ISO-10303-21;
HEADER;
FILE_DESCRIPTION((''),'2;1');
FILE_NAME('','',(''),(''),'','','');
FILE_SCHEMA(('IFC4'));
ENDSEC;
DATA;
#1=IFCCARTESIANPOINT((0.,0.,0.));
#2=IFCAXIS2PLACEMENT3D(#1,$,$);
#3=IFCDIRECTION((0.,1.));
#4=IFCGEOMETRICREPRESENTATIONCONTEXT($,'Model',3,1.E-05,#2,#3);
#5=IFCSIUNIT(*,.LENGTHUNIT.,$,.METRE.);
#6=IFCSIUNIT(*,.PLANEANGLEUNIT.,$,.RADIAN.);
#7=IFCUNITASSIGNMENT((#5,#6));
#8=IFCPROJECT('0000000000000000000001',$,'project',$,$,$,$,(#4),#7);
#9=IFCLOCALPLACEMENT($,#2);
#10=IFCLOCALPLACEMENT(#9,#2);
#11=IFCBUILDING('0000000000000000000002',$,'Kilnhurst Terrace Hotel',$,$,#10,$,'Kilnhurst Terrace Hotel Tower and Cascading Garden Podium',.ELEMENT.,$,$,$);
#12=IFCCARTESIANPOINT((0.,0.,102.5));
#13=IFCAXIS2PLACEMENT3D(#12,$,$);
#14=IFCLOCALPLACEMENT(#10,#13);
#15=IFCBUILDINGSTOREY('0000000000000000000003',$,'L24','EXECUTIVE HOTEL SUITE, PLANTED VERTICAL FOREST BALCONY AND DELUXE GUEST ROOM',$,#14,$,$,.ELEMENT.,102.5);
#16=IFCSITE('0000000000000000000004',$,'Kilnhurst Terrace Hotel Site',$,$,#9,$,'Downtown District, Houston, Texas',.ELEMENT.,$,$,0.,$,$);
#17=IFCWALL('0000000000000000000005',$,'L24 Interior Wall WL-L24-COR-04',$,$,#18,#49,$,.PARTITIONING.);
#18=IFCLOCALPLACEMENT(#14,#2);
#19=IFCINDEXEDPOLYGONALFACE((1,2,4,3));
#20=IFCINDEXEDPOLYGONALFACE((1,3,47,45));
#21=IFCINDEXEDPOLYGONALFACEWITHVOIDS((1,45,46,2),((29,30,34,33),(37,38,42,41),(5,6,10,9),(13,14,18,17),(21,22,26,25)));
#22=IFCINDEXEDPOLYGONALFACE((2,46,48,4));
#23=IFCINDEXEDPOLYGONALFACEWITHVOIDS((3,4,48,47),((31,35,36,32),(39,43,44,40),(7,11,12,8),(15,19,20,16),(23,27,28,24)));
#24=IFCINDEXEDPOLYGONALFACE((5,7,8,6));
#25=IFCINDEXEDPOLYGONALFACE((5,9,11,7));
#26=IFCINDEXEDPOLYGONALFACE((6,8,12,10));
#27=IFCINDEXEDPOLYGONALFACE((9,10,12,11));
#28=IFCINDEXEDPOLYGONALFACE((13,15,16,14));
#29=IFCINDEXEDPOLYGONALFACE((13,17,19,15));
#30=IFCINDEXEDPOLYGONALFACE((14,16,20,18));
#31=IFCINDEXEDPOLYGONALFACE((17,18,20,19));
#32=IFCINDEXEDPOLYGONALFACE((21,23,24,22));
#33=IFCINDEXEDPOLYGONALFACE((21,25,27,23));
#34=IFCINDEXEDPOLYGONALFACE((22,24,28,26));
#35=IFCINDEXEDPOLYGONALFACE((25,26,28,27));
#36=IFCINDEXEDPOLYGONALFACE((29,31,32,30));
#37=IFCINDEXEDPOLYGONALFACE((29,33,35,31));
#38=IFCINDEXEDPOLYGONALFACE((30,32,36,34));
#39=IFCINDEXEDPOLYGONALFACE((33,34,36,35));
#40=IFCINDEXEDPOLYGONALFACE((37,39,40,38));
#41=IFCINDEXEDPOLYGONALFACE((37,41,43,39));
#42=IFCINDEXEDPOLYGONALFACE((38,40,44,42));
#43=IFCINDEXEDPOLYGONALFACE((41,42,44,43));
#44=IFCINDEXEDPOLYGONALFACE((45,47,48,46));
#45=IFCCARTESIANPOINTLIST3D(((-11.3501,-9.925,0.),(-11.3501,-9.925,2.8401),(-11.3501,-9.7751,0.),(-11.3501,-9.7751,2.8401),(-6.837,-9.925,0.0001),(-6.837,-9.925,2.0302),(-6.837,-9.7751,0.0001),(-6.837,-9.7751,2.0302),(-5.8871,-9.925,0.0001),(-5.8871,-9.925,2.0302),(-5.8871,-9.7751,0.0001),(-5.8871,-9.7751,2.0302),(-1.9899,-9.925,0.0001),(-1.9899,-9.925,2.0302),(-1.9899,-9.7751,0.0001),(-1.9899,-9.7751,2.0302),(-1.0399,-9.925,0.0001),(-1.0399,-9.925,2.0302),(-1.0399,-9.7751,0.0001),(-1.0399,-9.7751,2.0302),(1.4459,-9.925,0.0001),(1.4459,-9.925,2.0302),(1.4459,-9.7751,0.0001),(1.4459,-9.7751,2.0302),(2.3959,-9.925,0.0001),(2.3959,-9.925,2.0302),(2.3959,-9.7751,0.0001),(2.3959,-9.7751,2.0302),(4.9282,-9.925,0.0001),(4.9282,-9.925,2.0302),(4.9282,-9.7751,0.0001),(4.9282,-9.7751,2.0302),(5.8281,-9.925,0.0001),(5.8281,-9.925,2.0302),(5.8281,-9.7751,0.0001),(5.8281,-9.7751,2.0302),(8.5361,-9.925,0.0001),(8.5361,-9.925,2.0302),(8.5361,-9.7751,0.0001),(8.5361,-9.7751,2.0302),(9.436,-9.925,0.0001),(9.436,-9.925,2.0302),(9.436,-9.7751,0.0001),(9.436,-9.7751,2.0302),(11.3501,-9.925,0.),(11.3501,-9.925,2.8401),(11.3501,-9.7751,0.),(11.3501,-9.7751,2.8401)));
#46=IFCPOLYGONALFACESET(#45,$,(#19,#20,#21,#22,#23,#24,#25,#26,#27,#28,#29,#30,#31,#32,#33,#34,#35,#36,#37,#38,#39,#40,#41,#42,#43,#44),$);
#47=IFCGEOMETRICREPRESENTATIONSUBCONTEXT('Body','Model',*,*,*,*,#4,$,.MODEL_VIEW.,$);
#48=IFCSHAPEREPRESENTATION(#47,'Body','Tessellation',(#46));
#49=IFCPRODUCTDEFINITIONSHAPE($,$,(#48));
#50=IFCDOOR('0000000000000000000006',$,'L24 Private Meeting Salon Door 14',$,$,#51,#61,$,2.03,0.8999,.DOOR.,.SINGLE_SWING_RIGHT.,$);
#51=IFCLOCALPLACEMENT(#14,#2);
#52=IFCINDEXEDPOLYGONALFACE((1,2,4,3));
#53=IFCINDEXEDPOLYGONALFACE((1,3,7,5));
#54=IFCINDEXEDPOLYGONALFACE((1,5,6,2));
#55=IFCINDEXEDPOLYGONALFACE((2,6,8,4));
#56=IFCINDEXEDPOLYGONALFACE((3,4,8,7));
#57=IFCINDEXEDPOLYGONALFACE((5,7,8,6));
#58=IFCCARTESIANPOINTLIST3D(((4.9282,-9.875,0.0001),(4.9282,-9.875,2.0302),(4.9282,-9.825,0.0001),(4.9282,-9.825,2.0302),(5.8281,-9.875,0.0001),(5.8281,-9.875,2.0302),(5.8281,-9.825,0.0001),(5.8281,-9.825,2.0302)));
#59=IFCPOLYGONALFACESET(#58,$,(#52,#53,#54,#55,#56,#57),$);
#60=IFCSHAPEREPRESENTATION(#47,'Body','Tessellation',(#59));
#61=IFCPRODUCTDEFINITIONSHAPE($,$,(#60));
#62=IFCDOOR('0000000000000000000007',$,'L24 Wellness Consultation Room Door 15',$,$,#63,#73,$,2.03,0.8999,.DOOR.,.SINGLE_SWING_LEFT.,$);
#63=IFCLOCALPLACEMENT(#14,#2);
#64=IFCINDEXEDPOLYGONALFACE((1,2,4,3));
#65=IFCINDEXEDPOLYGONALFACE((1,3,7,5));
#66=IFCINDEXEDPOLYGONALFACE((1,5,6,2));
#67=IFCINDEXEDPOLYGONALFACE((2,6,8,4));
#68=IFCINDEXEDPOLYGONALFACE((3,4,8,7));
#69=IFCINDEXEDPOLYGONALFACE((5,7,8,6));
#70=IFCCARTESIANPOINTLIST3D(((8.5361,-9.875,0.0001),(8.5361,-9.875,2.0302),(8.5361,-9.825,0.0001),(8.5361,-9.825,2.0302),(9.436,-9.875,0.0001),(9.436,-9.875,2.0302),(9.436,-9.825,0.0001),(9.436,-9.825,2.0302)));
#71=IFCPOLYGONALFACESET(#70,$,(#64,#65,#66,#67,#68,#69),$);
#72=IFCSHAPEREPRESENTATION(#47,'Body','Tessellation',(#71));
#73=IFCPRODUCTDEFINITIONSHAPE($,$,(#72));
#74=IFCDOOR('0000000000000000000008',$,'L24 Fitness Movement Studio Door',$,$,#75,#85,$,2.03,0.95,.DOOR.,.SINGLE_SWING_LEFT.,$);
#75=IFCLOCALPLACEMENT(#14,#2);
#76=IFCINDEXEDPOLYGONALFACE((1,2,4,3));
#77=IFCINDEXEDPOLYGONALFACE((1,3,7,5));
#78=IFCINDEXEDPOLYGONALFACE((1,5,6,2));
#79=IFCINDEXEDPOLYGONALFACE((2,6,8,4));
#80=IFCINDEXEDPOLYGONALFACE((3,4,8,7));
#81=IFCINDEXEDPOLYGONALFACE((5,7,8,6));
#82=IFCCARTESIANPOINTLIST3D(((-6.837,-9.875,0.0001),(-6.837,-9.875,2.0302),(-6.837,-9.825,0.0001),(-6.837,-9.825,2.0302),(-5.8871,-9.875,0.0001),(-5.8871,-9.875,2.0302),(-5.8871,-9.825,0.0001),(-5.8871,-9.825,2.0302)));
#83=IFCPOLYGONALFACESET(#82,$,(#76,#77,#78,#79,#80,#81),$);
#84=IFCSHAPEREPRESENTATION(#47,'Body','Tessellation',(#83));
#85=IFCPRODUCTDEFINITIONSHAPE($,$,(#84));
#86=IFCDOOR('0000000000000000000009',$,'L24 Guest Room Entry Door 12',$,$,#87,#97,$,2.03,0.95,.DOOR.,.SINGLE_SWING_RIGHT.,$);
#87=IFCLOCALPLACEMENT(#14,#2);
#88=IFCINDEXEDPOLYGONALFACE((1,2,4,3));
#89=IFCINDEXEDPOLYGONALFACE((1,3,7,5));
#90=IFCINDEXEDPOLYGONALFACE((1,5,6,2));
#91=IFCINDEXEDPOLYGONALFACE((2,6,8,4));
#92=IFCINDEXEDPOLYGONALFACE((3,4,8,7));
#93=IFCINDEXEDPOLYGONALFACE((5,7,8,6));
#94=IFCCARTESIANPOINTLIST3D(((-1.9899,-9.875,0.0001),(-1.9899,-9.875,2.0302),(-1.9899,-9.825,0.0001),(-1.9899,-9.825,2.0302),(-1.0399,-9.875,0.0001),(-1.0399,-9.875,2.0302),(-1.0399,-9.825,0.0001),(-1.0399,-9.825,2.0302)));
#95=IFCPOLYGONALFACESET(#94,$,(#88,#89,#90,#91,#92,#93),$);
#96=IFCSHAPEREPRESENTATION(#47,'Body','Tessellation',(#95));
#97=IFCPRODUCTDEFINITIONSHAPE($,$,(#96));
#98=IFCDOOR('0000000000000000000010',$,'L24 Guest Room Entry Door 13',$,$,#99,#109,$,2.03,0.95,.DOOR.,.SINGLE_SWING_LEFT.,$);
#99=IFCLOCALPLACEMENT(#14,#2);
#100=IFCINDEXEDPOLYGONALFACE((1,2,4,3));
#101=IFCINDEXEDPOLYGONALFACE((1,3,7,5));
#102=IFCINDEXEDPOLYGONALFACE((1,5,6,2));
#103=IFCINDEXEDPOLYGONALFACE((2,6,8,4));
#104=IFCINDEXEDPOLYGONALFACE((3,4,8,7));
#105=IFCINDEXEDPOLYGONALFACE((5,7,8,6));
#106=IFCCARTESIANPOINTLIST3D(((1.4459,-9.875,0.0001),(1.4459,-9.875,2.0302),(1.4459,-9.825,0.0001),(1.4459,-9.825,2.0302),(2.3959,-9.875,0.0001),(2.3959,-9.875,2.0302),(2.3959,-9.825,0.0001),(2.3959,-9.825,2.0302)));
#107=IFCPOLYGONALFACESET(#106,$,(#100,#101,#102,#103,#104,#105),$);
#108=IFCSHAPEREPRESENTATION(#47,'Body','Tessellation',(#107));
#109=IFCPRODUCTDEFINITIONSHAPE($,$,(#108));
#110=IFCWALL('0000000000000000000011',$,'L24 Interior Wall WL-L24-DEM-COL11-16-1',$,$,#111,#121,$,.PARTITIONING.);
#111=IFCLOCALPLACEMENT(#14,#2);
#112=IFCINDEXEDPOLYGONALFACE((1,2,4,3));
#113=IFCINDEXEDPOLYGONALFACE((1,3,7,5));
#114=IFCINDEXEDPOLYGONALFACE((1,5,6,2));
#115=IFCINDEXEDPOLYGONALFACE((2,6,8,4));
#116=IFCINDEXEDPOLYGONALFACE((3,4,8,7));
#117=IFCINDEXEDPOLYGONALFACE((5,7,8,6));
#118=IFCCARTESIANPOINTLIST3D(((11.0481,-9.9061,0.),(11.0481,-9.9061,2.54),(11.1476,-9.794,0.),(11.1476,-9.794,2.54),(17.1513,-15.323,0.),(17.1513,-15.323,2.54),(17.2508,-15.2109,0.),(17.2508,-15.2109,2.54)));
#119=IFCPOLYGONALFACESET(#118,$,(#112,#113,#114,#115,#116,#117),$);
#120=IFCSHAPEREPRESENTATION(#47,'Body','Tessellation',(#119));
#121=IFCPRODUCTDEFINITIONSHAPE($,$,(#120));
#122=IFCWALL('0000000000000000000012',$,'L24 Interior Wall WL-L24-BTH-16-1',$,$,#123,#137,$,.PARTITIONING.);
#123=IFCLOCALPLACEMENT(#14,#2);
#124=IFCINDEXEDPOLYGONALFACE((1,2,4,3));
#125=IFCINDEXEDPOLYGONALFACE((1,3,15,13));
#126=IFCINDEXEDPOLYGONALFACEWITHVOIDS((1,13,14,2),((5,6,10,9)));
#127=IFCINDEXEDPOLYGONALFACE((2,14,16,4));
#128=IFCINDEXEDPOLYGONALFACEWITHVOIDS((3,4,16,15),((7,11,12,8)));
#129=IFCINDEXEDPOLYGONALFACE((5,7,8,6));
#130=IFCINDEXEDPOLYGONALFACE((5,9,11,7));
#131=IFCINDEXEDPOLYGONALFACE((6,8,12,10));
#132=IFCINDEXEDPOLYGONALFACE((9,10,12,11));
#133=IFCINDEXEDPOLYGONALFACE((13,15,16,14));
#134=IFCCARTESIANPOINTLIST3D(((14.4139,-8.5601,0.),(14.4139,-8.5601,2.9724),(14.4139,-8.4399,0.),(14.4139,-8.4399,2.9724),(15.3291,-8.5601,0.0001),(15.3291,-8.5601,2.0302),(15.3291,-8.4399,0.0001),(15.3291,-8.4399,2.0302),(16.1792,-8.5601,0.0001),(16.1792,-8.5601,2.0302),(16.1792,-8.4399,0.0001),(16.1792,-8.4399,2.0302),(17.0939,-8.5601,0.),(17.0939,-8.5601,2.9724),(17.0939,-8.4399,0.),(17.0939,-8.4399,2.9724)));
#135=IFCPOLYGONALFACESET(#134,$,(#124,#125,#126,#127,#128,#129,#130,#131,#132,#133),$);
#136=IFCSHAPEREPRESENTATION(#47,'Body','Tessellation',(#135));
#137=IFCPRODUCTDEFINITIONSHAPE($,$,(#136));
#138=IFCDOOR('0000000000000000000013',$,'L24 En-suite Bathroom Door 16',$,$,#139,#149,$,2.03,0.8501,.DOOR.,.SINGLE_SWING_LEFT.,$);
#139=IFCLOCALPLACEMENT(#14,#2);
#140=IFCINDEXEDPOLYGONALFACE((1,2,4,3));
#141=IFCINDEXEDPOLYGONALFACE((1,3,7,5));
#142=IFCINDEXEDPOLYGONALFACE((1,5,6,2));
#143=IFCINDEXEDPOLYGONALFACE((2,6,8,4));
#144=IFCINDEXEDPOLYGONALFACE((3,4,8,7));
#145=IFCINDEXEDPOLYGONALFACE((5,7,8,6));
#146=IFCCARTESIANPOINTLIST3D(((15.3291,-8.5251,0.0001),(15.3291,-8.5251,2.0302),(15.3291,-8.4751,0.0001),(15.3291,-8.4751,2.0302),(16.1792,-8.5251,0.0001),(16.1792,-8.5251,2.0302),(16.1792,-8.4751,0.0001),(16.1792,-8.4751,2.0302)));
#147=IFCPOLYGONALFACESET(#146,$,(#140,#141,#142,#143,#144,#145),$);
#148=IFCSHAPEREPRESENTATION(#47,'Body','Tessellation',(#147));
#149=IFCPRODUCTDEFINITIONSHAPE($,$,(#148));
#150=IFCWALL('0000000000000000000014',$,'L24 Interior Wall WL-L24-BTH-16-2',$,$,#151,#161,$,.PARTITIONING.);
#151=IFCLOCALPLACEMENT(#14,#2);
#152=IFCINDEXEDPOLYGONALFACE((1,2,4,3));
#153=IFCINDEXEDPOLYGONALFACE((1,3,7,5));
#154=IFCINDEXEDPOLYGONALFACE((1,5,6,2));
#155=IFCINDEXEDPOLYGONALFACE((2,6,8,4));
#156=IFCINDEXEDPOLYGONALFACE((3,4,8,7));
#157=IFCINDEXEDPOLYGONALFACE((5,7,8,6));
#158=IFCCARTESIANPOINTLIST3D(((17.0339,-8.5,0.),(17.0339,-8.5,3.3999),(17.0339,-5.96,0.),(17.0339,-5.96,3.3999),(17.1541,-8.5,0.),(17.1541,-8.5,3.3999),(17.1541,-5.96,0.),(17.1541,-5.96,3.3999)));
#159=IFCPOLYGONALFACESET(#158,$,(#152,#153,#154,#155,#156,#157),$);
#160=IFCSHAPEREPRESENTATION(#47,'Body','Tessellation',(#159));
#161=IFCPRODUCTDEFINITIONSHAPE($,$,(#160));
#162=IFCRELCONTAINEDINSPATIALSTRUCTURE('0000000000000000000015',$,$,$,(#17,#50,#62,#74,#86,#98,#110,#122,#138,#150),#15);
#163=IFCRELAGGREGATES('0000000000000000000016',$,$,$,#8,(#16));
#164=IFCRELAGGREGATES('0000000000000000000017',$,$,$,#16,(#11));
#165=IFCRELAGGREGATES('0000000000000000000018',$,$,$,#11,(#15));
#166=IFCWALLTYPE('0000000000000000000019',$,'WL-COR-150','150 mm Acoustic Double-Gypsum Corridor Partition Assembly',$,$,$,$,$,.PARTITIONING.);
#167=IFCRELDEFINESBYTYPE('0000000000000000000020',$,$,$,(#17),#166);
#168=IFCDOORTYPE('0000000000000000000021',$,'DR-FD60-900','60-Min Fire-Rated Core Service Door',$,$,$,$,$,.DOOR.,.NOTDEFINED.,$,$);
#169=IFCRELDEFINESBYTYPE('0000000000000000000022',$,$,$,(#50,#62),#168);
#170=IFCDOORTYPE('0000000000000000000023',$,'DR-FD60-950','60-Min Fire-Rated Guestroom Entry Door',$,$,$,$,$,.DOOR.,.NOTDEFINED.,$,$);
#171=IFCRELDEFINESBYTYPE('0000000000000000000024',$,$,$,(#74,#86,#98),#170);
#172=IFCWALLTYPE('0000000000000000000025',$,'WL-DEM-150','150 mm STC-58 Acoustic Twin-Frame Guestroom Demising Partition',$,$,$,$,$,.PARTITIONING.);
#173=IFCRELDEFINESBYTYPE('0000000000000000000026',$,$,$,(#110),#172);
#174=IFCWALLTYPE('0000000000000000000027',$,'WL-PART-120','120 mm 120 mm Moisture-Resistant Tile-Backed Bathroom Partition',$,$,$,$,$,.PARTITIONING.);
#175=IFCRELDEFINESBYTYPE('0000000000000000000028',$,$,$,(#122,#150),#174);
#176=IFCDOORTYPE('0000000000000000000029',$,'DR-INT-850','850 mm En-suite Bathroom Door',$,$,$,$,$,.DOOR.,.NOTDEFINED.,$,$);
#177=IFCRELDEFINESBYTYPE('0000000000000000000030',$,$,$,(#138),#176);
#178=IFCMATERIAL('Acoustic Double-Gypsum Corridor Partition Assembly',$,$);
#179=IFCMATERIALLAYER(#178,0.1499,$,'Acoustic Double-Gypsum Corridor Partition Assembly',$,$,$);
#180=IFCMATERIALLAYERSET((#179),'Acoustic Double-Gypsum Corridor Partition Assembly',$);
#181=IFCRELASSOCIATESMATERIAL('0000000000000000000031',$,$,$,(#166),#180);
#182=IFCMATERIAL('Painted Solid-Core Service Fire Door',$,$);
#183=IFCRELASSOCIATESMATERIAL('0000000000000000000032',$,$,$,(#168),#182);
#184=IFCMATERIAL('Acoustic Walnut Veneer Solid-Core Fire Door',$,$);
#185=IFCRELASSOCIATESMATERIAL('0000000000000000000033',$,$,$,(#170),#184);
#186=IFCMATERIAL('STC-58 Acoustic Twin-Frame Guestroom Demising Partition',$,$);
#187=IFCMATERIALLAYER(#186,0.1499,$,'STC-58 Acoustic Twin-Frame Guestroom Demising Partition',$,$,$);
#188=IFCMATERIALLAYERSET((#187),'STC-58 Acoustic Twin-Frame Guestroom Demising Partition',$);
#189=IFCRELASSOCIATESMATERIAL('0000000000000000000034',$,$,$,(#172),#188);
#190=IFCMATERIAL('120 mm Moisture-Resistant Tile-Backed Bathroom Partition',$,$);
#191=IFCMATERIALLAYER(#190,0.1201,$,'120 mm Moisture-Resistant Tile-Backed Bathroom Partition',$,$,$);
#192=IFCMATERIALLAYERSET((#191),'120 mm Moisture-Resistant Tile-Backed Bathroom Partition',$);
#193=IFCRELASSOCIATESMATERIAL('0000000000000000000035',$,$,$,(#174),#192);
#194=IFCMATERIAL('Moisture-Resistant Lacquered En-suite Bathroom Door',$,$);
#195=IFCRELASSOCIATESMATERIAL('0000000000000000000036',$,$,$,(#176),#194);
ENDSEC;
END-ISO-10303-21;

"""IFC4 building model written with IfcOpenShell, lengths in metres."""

from ifc_helpers import new_model, si_unit, direction, frame, frame_2d, origin, place, context, subcontext, project, spatial, rectangle, extrude, material, layer, layer_set, type_object, element, fill, save


model = new_model("IFC4")

# Units and contexts
model_context = context("Model", 3, precision=1e-05, world=origin(), true_north=direction((0.0, 1.0)))
body_context = subcontext(model_context, "Body", "Model", "MODEL_VIEW")
ifc_project = project(units=[si_unit("LENGTHUNIT", "METRE"), si_unit("PLANEANGLEUNIT", "RADIAN")], contexts=[model_context])

# Site, building, storey
site_placement = place(None, origin())
site = spatial("IfcSite", under=ifc_project, at=site_placement, Name="Kilnhurst Terrace Hotel Site", LongName="Downtown District, Houston, Texas", CompositionType="ELEMENT", RefElevation=0.0)
building_placement = place(site_placement, origin())
building = spatial("IfcBuilding", under=site, at=building_placement, Name="Kilnhurst Terrace Hotel", LongName="Kilnhurst Terrace Hotel Tower and Cascading Garden Podium", CompositionType="ELEMENT")
storey_placement = place(building_placement, frame((0.0, 0.0, 102.5)))
storey = spatial("IfcBuildingStorey", under=building, at=storey_placement, Name="L24", Description="EXECUTIVE HOTEL SUITE, PLANTED VERTICAL FOREST BALCONY AND DELUXE GUEST ROOM", CompositionType="ELEMENT", Elevation=102.5)

# Wall, openings, doors
ifc_material_1 = material(Name="Acoustic Double-Gypsum Corridor Partition Assembly")
ifc_layer_1 = layer(ifc_material_1, 0.1499, Name="Acoustic Double-Gypsum Corridor Partition Assembly")
ifc_layer_set_1 = layer_set([ifc_layer_1], Name="Acoustic Double-Gypsum Corridor Partition Assembly")
wall_type_1 = type_object("IfcWallType", Name="WL-COR-150", Description="150 mm Acoustic Double-Gypsum Corridor Partition Assembly", PredefinedType="PARTITIONING", material=ifc_layer_set_1)
wall_1_placement = place(storey_placement, frame((11.3501, -9.8501, 0.0), z_axis=(0.0, 0.0, 1.0), x_axis=(-1.0, 0.0, 0.0)))
wall_1 = element("IfcWall", 1, at=wall_1_placement, inside=storey, type_object=wall_type_1, Name="L24 Interior Wall WL-L24-COR-04", PredefinedType="PARTITIONING", context=body_context, shape_type="SweptSolid", body=[
    extrude(rectangle(XDim=22.7002, YDim=0.1499, at=frame_2d((11.3501, 0.0))), origin(), (0.0, 0.0, 1.0), 2.8401),
])
opening_1_placement = place(wall_1_placement, frame((17.2371, 0.0, 0.0)))
opening_1 = element("IfcOpeningElement", 2, at=opening_1_placement, cuts=wall_1, PredefinedType="OPENING", context=body_context, shape_type="SweptSolid", body=[
    extrude(rectangle(XDim=0.95, YDim=2.03, at=frame_2d((0.4751, 1.0151))), frame((0.0, 0.085, 0.0), z_axis=(0.0, -1.0, 0.0), x_axis=(1.0, 0.0, 0.0)), (0.0, 0.0, 1.0), 0.1699),
])
opening_2_placement = place(wall_1_placement, frame((12.3899, 0.0, 0.0)))
opening_2 = element("IfcOpeningElement", 3, at=opening_2_placement, cuts=wall_1, PredefinedType="OPENING", context=body_context, shape_type="SweptSolid", body=[
    extrude(rectangle(XDim=0.95, YDim=2.03, at=frame_2d((0.4751, 1.0151))), frame((0.0, 0.085, 0.0), z_axis=(0.0, -1.0, 0.0), x_axis=(1.0, 0.0, 0.0)), (0.0, 0.0, 1.0), 0.1699),
])
opening_3_placement = place(wall_1_placement, frame((8.9541, 0.0, 0.0)))
opening_3 = element("IfcOpeningElement", 4, at=opening_3_placement, cuts=wall_1, PredefinedType="OPENING", context=body_context, shape_type="SweptSolid", body=[
    extrude(rectangle(XDim=0.95, YDim=2.03, at=frame_2d((0.4751, 1.0151))), frame((0.0, 0.085, 0.0), z_axis=(0.0, -1.0, 0.0), x_axis=(1.0, 0.0, 0.0)), (0.0, 0.0, 1.0), 0.1699),
])
opening_4_placement = place(wall_1_placement, frame((5.522, 0.0, 0.0)))
opening_4 = element("IfcOpeningElement", 5, at=opening_4_placement, cuts=wall_1, PredefinedType="OPENING", context=body_context, shape_type="SweptSolid", body=[
    extrude(rectangle(XDim=0.8999, YDim=2.03, at=frame_2d((0.45, 1.0151))), frame((0.0, 0.085, 0.0), z_axis=(0.0, -1.0, 0.0), x_axis=(1.0, 0.0, 0.0)), (0.0, 0.0, 1.0), 0.1699),
])
opening_5_placement = place(wall_1_placement, frame((1.9141, 0.0, 0.0)))
opening_5 = element("IfcOpeningElement", 6, at=opening_5_placement, cuts=wall_1, PredefinedType="OPENING", context=body_context, shape_type="SweptSolid", body=[
    extrude(rectangle(XDim=0.8999, YDim=2.03, at=frame_2d((0.45, 1.0151))), frame((0.0, 0.085, 0.0), z_axis=(0.0, -1.0, 0.0), x_axis=(1.0, 0.0, 0.0)), (0.0, 0.0, 1.0), 0.1699),
])
ifc_material_2 = material(Name="Painted Solid-Core Service Fire Door")
door_type_1 = type_object("IfcDoorType", Name="DR-FD60-900", Description="60-Min Fire-Rated Core Service Door", OperationType="NOTDEFINED", PredefinedType="DOOR", material=ifc_material_2)
door_1_placement = place(opening_4_placement, origin())
door_1 = element("IfcDoor", 7, at=door_1_placement, inside=storey, type_object=door_type_1, Name="L24 Private Meeting Salon Door 14", OperationType="SINGLE_SWING_RIGHT", OverallHeight=2.03, OverallWidth=0.8999, PredefinedType="DOOR", context=body_context, shape_type="SweptSolid", body=[
    extrude(rectangle(XDim=0.8999, YDim=2.03, at=frame_2d((0.45, 1.0151))), frame((0.0, 0.0249, 0.0), z_axis=(0.0, -1.0, 0.0), x_axis=(1.0, 0.0, 0.0)), (0.0, 0.0, 1.0), 0.05),
])
fill(opening_4, door_1)
door_2_placement = place(opening_5_placement, origin())
door_2 = element("IfcDoor", 8, at=door_2_placement, inside=storey, type_object=door_type_1, Name="L24 Wellness Consultation Room Door 15", OperationType="SINGLE_SWING_LEFT", OverallHeight=2.03, OverallWidth=0.8999, PredefinedType="DOOR", context=body_context, shape_type="SweptSolid", body=[
    extrude(rectangle(XDim=0.8999, YDim=2.03, at=frame_2d((0.45, 1.0151))), frame((0.0, 0.0249, 0.0), z_axis=(0.0, -1.0, 0.0), x_axis=(1.0, 0.0, 0.0)), (0.0, 0.0, 1.0), 0.05),
])
fill(opening_5, door_2)
ifc_material_3 = material(Name="Acoustic Walnut Veneer Solid-Core Fire Door")
door_type_2 = type_object("IfcDoorType", Name="DR-FD60-950", Description="60-Min Fire-Rated Guestroom Entry Door", OperationType="NOTDEFINED", PredefinedType="DOOR", material=ifc_material_3)
door_3_placement = place(opening_1_placement, origin())
door_3 = element("IfcDoor", 9, at=door_3_placement, inside=storey, type_object=door_type_2, Name="L24 Fitness Movement Studio Door", OperationType="SINGLE_SWING_LEFT", OverallHeight=2.03, OverallWidth=0.95, PredefinedType="DOOR", context=body_context, shape_type="SweptSolid", body=[
    extrude(rectangle(XDim=0.95, YDim=2.03, at=frame_2d((0.4751, 1.0151))), frame((0.0, 0.0249, 0.0), z_axis=(0.0, -1.0, 0.0), x_axis=(1.0, 0.0, 0.0)), (0.0, 0.0, 1.0), 0.05),
])
fill(opening_1, door_3)
door_4_placement = place(opening_2_placement, origin())
door_4 = element("IfcDoor", 10, at=door_4_placement, inside=storey, type_object=door_type_2, Name="L24 Guest Room Entry Door 12", OperationType="SINGLE_SWING_RIGHT", OverallHeight=2.03, OverallWidth=0.95, PredefinedType="DOOR", context=body_context, shape_type="SweptSolid", body=[
    extrude(rectangle(XDim=0.95, YDim=2.03, at=frame_2d((0.4751, 1.0151))), frame((0.0, 0.0249, 0.0), z_axis=(0.0, -1.0, 0.0), x_axis=(1.0, 0.0, 0.0)), (0.0, 0.0, 1.0), 0.05),
])
fill(opening_2, door_4)
door_5_placement = place(opening_3_placement, origin())
door_5 = element("IfcDoor", 11, at=door_5_placement, inside=storey, type_object=door_type_2, Name="L24 Guest Room Entry Door 13", OperationType="SINGLE_SWING_LEFT", OverallHeight=2.03, OverallWidth=0.95, PredefinedType="DOOR", context=body_context, shape_type="SweptSolid", body=[
    extrude(rectangle(XDim=0.95, YDim=2.03, at=frame_2d((0.4751, 1.0151))), frame((0.0, 0.0249, 0.0), z_axis=(0.0, -1.0, 0.0), x_axis=(1.0, 0.0, 0.0)), (0.0, 0.0, 1.0), 0.05),
])
fill(opening_3, door_5)

# Wall
ifc_material_4 = material(Name="STC-58 Acoustic Twin-Frame Guestroom Demising Partition")
ifc_layer_2 = layer(ifc_material_4, 0.1499, Name="STC-58 Acoustic Twin-Frame Guestroom Demising Partition")
ifc_layer_set_2 = layer_set([ifc_layer_2], Name="STC-58 Acoustic Twin-Frame Guestroom Demising Partition")
wall_type_2 = type_object("IfcWallType", Name="WL-DEM-150", Description="150 mm STC-58 Acoustic Twin-Frame Guestroom Demising Partition", PredefinedType="PARTITIONING", material=ifc_layer_set_2)
wall_2_placement = place(storey_placement, frame((11.0979, -9.8501, 0.0), z_axis=(0.0, 0.0, 1.0), x_axis=(0.747904, -0.663807, 0.0)))
element("IfcWall", 12, at=wall_2_placement, inside=storey, type_object=wall_type_2, Name="L24 Interior Wall WL-L24-DEM-COL11-16-1", PredefinedType="PARTITIONING", context=body_context, shape_type="SweptSolid", body=[
    extrude(rectangle(XDim=8.1604, YDim=0.1499, at=frame_2d((4.0801, 0.0))), origin(), (0.0, 0.0, 1.0), 2.54),
])

# Wall, opening, door
ifc_material_5 = material(Name="120 mm Moisture-Resistant Tile-Backed Bathroom Partition")
ifc_layer_3 = layer(ifc_material_5, 0.1201, Name="120 mm Moisture-Resistant Tile-Backed Bathroom Partition")
ifc_layer_set_3 = layer_set([ifc_layer_3], Name="120 mm Moisture-Resistant Tile-Backed Bathroom Partition")
wall_type_3 = type_object("IfcWallType", Name="WL-PART-120", Description="120 mm 120 mm Moisture-Resistant Tile-Backed Bathroom Partition", PredefinedType="PARTITIONING", material=ifc_layer_set_3)
wall_3_placement = place(storey_placement, frame((14.4141, -8.5, 0.0), z_axis=(0.0, 0.0, 1.0), x_axis=(1.0, 0.0, 0.0)))
wall_3 = element("IfcWall", 13, at=wall_3_placement, inside=storey, type_object=wall_type_3, Name="L24 Interior Wall WL-L24-BTH-16-1", PredefinedType="PARTITIONING", context=body_context, shape_type="SweptSolid", body=[
    extrude(rectangle(XDim=2.6799, YDim=0.1201, at=frame_2d((1.3398, 0.0))), origin(), (0.0, 0.0, 1.0), 2.9724),
])
opening_6_placement = place(wall_3_placement, frame((0.915, 0.0, 0.0)))
opening_6 = element("IfcOpeningElement", 14, at=opening_6_placement, cuts=wall_3, PredefinedType="OPENING", context=body_context, shape_type="SweptSolid", body=[
    extrude(rectangle(XDim=0.8501, YDim=2.03, at=frame_2d((0.425, 1.0151))), frame((0.0, 0.0701, 0.0), z_axis=(0.0, -1.0, 0.0), x_axis=(1.0, 0.0, 0.0)), (0.0, 0.0, 1.0), 0.1401),
])
ifc_material_6 = material(Name="Moisture-Resistant Lacquered En-suite Bathroom Door")
door_type_3 = type_object("IfcDoorType", Name="DR-INT-850", Description="850 mm En-suite Bathroom Door", OperationType="NOTDEFINED", PredefinedType="DOOR", material=ifc_material_6)
door_6_placement = place(opening_6_placement, origin())
door_6 = element("IfcDoor", 15, at=door_6_placement, inside=storey, type_object=door_type_3, Name="L24 En-suite Bathroom Door 16", OperationType="SINGLE_SWING_LEFT", OverallHeight=2.03, OverallWidth=0.8501, PredefinedType="DOOR", context=body_context, shape_type="SweptSolid", body=[
    extrude(rectangle(XDim=0.8501, YDim=2.03, at=frame_2d((0.425, 1.0151))), frame((0.0, 0.0249, 0.0), z_axis=(0.0, -1.0, 0.0), x_axis=(1.0, 0.0, 0.0)), (0.0, 0.0, 1.0), 0.05),
])
fill(opening_6, door_6)

# Wall
wall_4_placement = place(storey_placement, frame((17.094, -8.5, 0.0), z_axis=(0.0, 0.0, 1.0), x_axis=(0.0, 1.0, 0.0)))
element("IfcWall", 16, at=wall_4_placement, inside=storey, type_object=wall_type_3, Name="L24 Interior Wall WL-L24-BTH-16-2", PredefinedType="PARTITIONING", context=body_context, shape_type="SweptSolid", body=[
    extrude(rectangle(XDim=2.54, YDim=0.1201, at=frame_2d((1.27, 0.0))), origin(), (0.0, 0.0, 1.0), 3.3999),
])

save(model, "model.ifc")
